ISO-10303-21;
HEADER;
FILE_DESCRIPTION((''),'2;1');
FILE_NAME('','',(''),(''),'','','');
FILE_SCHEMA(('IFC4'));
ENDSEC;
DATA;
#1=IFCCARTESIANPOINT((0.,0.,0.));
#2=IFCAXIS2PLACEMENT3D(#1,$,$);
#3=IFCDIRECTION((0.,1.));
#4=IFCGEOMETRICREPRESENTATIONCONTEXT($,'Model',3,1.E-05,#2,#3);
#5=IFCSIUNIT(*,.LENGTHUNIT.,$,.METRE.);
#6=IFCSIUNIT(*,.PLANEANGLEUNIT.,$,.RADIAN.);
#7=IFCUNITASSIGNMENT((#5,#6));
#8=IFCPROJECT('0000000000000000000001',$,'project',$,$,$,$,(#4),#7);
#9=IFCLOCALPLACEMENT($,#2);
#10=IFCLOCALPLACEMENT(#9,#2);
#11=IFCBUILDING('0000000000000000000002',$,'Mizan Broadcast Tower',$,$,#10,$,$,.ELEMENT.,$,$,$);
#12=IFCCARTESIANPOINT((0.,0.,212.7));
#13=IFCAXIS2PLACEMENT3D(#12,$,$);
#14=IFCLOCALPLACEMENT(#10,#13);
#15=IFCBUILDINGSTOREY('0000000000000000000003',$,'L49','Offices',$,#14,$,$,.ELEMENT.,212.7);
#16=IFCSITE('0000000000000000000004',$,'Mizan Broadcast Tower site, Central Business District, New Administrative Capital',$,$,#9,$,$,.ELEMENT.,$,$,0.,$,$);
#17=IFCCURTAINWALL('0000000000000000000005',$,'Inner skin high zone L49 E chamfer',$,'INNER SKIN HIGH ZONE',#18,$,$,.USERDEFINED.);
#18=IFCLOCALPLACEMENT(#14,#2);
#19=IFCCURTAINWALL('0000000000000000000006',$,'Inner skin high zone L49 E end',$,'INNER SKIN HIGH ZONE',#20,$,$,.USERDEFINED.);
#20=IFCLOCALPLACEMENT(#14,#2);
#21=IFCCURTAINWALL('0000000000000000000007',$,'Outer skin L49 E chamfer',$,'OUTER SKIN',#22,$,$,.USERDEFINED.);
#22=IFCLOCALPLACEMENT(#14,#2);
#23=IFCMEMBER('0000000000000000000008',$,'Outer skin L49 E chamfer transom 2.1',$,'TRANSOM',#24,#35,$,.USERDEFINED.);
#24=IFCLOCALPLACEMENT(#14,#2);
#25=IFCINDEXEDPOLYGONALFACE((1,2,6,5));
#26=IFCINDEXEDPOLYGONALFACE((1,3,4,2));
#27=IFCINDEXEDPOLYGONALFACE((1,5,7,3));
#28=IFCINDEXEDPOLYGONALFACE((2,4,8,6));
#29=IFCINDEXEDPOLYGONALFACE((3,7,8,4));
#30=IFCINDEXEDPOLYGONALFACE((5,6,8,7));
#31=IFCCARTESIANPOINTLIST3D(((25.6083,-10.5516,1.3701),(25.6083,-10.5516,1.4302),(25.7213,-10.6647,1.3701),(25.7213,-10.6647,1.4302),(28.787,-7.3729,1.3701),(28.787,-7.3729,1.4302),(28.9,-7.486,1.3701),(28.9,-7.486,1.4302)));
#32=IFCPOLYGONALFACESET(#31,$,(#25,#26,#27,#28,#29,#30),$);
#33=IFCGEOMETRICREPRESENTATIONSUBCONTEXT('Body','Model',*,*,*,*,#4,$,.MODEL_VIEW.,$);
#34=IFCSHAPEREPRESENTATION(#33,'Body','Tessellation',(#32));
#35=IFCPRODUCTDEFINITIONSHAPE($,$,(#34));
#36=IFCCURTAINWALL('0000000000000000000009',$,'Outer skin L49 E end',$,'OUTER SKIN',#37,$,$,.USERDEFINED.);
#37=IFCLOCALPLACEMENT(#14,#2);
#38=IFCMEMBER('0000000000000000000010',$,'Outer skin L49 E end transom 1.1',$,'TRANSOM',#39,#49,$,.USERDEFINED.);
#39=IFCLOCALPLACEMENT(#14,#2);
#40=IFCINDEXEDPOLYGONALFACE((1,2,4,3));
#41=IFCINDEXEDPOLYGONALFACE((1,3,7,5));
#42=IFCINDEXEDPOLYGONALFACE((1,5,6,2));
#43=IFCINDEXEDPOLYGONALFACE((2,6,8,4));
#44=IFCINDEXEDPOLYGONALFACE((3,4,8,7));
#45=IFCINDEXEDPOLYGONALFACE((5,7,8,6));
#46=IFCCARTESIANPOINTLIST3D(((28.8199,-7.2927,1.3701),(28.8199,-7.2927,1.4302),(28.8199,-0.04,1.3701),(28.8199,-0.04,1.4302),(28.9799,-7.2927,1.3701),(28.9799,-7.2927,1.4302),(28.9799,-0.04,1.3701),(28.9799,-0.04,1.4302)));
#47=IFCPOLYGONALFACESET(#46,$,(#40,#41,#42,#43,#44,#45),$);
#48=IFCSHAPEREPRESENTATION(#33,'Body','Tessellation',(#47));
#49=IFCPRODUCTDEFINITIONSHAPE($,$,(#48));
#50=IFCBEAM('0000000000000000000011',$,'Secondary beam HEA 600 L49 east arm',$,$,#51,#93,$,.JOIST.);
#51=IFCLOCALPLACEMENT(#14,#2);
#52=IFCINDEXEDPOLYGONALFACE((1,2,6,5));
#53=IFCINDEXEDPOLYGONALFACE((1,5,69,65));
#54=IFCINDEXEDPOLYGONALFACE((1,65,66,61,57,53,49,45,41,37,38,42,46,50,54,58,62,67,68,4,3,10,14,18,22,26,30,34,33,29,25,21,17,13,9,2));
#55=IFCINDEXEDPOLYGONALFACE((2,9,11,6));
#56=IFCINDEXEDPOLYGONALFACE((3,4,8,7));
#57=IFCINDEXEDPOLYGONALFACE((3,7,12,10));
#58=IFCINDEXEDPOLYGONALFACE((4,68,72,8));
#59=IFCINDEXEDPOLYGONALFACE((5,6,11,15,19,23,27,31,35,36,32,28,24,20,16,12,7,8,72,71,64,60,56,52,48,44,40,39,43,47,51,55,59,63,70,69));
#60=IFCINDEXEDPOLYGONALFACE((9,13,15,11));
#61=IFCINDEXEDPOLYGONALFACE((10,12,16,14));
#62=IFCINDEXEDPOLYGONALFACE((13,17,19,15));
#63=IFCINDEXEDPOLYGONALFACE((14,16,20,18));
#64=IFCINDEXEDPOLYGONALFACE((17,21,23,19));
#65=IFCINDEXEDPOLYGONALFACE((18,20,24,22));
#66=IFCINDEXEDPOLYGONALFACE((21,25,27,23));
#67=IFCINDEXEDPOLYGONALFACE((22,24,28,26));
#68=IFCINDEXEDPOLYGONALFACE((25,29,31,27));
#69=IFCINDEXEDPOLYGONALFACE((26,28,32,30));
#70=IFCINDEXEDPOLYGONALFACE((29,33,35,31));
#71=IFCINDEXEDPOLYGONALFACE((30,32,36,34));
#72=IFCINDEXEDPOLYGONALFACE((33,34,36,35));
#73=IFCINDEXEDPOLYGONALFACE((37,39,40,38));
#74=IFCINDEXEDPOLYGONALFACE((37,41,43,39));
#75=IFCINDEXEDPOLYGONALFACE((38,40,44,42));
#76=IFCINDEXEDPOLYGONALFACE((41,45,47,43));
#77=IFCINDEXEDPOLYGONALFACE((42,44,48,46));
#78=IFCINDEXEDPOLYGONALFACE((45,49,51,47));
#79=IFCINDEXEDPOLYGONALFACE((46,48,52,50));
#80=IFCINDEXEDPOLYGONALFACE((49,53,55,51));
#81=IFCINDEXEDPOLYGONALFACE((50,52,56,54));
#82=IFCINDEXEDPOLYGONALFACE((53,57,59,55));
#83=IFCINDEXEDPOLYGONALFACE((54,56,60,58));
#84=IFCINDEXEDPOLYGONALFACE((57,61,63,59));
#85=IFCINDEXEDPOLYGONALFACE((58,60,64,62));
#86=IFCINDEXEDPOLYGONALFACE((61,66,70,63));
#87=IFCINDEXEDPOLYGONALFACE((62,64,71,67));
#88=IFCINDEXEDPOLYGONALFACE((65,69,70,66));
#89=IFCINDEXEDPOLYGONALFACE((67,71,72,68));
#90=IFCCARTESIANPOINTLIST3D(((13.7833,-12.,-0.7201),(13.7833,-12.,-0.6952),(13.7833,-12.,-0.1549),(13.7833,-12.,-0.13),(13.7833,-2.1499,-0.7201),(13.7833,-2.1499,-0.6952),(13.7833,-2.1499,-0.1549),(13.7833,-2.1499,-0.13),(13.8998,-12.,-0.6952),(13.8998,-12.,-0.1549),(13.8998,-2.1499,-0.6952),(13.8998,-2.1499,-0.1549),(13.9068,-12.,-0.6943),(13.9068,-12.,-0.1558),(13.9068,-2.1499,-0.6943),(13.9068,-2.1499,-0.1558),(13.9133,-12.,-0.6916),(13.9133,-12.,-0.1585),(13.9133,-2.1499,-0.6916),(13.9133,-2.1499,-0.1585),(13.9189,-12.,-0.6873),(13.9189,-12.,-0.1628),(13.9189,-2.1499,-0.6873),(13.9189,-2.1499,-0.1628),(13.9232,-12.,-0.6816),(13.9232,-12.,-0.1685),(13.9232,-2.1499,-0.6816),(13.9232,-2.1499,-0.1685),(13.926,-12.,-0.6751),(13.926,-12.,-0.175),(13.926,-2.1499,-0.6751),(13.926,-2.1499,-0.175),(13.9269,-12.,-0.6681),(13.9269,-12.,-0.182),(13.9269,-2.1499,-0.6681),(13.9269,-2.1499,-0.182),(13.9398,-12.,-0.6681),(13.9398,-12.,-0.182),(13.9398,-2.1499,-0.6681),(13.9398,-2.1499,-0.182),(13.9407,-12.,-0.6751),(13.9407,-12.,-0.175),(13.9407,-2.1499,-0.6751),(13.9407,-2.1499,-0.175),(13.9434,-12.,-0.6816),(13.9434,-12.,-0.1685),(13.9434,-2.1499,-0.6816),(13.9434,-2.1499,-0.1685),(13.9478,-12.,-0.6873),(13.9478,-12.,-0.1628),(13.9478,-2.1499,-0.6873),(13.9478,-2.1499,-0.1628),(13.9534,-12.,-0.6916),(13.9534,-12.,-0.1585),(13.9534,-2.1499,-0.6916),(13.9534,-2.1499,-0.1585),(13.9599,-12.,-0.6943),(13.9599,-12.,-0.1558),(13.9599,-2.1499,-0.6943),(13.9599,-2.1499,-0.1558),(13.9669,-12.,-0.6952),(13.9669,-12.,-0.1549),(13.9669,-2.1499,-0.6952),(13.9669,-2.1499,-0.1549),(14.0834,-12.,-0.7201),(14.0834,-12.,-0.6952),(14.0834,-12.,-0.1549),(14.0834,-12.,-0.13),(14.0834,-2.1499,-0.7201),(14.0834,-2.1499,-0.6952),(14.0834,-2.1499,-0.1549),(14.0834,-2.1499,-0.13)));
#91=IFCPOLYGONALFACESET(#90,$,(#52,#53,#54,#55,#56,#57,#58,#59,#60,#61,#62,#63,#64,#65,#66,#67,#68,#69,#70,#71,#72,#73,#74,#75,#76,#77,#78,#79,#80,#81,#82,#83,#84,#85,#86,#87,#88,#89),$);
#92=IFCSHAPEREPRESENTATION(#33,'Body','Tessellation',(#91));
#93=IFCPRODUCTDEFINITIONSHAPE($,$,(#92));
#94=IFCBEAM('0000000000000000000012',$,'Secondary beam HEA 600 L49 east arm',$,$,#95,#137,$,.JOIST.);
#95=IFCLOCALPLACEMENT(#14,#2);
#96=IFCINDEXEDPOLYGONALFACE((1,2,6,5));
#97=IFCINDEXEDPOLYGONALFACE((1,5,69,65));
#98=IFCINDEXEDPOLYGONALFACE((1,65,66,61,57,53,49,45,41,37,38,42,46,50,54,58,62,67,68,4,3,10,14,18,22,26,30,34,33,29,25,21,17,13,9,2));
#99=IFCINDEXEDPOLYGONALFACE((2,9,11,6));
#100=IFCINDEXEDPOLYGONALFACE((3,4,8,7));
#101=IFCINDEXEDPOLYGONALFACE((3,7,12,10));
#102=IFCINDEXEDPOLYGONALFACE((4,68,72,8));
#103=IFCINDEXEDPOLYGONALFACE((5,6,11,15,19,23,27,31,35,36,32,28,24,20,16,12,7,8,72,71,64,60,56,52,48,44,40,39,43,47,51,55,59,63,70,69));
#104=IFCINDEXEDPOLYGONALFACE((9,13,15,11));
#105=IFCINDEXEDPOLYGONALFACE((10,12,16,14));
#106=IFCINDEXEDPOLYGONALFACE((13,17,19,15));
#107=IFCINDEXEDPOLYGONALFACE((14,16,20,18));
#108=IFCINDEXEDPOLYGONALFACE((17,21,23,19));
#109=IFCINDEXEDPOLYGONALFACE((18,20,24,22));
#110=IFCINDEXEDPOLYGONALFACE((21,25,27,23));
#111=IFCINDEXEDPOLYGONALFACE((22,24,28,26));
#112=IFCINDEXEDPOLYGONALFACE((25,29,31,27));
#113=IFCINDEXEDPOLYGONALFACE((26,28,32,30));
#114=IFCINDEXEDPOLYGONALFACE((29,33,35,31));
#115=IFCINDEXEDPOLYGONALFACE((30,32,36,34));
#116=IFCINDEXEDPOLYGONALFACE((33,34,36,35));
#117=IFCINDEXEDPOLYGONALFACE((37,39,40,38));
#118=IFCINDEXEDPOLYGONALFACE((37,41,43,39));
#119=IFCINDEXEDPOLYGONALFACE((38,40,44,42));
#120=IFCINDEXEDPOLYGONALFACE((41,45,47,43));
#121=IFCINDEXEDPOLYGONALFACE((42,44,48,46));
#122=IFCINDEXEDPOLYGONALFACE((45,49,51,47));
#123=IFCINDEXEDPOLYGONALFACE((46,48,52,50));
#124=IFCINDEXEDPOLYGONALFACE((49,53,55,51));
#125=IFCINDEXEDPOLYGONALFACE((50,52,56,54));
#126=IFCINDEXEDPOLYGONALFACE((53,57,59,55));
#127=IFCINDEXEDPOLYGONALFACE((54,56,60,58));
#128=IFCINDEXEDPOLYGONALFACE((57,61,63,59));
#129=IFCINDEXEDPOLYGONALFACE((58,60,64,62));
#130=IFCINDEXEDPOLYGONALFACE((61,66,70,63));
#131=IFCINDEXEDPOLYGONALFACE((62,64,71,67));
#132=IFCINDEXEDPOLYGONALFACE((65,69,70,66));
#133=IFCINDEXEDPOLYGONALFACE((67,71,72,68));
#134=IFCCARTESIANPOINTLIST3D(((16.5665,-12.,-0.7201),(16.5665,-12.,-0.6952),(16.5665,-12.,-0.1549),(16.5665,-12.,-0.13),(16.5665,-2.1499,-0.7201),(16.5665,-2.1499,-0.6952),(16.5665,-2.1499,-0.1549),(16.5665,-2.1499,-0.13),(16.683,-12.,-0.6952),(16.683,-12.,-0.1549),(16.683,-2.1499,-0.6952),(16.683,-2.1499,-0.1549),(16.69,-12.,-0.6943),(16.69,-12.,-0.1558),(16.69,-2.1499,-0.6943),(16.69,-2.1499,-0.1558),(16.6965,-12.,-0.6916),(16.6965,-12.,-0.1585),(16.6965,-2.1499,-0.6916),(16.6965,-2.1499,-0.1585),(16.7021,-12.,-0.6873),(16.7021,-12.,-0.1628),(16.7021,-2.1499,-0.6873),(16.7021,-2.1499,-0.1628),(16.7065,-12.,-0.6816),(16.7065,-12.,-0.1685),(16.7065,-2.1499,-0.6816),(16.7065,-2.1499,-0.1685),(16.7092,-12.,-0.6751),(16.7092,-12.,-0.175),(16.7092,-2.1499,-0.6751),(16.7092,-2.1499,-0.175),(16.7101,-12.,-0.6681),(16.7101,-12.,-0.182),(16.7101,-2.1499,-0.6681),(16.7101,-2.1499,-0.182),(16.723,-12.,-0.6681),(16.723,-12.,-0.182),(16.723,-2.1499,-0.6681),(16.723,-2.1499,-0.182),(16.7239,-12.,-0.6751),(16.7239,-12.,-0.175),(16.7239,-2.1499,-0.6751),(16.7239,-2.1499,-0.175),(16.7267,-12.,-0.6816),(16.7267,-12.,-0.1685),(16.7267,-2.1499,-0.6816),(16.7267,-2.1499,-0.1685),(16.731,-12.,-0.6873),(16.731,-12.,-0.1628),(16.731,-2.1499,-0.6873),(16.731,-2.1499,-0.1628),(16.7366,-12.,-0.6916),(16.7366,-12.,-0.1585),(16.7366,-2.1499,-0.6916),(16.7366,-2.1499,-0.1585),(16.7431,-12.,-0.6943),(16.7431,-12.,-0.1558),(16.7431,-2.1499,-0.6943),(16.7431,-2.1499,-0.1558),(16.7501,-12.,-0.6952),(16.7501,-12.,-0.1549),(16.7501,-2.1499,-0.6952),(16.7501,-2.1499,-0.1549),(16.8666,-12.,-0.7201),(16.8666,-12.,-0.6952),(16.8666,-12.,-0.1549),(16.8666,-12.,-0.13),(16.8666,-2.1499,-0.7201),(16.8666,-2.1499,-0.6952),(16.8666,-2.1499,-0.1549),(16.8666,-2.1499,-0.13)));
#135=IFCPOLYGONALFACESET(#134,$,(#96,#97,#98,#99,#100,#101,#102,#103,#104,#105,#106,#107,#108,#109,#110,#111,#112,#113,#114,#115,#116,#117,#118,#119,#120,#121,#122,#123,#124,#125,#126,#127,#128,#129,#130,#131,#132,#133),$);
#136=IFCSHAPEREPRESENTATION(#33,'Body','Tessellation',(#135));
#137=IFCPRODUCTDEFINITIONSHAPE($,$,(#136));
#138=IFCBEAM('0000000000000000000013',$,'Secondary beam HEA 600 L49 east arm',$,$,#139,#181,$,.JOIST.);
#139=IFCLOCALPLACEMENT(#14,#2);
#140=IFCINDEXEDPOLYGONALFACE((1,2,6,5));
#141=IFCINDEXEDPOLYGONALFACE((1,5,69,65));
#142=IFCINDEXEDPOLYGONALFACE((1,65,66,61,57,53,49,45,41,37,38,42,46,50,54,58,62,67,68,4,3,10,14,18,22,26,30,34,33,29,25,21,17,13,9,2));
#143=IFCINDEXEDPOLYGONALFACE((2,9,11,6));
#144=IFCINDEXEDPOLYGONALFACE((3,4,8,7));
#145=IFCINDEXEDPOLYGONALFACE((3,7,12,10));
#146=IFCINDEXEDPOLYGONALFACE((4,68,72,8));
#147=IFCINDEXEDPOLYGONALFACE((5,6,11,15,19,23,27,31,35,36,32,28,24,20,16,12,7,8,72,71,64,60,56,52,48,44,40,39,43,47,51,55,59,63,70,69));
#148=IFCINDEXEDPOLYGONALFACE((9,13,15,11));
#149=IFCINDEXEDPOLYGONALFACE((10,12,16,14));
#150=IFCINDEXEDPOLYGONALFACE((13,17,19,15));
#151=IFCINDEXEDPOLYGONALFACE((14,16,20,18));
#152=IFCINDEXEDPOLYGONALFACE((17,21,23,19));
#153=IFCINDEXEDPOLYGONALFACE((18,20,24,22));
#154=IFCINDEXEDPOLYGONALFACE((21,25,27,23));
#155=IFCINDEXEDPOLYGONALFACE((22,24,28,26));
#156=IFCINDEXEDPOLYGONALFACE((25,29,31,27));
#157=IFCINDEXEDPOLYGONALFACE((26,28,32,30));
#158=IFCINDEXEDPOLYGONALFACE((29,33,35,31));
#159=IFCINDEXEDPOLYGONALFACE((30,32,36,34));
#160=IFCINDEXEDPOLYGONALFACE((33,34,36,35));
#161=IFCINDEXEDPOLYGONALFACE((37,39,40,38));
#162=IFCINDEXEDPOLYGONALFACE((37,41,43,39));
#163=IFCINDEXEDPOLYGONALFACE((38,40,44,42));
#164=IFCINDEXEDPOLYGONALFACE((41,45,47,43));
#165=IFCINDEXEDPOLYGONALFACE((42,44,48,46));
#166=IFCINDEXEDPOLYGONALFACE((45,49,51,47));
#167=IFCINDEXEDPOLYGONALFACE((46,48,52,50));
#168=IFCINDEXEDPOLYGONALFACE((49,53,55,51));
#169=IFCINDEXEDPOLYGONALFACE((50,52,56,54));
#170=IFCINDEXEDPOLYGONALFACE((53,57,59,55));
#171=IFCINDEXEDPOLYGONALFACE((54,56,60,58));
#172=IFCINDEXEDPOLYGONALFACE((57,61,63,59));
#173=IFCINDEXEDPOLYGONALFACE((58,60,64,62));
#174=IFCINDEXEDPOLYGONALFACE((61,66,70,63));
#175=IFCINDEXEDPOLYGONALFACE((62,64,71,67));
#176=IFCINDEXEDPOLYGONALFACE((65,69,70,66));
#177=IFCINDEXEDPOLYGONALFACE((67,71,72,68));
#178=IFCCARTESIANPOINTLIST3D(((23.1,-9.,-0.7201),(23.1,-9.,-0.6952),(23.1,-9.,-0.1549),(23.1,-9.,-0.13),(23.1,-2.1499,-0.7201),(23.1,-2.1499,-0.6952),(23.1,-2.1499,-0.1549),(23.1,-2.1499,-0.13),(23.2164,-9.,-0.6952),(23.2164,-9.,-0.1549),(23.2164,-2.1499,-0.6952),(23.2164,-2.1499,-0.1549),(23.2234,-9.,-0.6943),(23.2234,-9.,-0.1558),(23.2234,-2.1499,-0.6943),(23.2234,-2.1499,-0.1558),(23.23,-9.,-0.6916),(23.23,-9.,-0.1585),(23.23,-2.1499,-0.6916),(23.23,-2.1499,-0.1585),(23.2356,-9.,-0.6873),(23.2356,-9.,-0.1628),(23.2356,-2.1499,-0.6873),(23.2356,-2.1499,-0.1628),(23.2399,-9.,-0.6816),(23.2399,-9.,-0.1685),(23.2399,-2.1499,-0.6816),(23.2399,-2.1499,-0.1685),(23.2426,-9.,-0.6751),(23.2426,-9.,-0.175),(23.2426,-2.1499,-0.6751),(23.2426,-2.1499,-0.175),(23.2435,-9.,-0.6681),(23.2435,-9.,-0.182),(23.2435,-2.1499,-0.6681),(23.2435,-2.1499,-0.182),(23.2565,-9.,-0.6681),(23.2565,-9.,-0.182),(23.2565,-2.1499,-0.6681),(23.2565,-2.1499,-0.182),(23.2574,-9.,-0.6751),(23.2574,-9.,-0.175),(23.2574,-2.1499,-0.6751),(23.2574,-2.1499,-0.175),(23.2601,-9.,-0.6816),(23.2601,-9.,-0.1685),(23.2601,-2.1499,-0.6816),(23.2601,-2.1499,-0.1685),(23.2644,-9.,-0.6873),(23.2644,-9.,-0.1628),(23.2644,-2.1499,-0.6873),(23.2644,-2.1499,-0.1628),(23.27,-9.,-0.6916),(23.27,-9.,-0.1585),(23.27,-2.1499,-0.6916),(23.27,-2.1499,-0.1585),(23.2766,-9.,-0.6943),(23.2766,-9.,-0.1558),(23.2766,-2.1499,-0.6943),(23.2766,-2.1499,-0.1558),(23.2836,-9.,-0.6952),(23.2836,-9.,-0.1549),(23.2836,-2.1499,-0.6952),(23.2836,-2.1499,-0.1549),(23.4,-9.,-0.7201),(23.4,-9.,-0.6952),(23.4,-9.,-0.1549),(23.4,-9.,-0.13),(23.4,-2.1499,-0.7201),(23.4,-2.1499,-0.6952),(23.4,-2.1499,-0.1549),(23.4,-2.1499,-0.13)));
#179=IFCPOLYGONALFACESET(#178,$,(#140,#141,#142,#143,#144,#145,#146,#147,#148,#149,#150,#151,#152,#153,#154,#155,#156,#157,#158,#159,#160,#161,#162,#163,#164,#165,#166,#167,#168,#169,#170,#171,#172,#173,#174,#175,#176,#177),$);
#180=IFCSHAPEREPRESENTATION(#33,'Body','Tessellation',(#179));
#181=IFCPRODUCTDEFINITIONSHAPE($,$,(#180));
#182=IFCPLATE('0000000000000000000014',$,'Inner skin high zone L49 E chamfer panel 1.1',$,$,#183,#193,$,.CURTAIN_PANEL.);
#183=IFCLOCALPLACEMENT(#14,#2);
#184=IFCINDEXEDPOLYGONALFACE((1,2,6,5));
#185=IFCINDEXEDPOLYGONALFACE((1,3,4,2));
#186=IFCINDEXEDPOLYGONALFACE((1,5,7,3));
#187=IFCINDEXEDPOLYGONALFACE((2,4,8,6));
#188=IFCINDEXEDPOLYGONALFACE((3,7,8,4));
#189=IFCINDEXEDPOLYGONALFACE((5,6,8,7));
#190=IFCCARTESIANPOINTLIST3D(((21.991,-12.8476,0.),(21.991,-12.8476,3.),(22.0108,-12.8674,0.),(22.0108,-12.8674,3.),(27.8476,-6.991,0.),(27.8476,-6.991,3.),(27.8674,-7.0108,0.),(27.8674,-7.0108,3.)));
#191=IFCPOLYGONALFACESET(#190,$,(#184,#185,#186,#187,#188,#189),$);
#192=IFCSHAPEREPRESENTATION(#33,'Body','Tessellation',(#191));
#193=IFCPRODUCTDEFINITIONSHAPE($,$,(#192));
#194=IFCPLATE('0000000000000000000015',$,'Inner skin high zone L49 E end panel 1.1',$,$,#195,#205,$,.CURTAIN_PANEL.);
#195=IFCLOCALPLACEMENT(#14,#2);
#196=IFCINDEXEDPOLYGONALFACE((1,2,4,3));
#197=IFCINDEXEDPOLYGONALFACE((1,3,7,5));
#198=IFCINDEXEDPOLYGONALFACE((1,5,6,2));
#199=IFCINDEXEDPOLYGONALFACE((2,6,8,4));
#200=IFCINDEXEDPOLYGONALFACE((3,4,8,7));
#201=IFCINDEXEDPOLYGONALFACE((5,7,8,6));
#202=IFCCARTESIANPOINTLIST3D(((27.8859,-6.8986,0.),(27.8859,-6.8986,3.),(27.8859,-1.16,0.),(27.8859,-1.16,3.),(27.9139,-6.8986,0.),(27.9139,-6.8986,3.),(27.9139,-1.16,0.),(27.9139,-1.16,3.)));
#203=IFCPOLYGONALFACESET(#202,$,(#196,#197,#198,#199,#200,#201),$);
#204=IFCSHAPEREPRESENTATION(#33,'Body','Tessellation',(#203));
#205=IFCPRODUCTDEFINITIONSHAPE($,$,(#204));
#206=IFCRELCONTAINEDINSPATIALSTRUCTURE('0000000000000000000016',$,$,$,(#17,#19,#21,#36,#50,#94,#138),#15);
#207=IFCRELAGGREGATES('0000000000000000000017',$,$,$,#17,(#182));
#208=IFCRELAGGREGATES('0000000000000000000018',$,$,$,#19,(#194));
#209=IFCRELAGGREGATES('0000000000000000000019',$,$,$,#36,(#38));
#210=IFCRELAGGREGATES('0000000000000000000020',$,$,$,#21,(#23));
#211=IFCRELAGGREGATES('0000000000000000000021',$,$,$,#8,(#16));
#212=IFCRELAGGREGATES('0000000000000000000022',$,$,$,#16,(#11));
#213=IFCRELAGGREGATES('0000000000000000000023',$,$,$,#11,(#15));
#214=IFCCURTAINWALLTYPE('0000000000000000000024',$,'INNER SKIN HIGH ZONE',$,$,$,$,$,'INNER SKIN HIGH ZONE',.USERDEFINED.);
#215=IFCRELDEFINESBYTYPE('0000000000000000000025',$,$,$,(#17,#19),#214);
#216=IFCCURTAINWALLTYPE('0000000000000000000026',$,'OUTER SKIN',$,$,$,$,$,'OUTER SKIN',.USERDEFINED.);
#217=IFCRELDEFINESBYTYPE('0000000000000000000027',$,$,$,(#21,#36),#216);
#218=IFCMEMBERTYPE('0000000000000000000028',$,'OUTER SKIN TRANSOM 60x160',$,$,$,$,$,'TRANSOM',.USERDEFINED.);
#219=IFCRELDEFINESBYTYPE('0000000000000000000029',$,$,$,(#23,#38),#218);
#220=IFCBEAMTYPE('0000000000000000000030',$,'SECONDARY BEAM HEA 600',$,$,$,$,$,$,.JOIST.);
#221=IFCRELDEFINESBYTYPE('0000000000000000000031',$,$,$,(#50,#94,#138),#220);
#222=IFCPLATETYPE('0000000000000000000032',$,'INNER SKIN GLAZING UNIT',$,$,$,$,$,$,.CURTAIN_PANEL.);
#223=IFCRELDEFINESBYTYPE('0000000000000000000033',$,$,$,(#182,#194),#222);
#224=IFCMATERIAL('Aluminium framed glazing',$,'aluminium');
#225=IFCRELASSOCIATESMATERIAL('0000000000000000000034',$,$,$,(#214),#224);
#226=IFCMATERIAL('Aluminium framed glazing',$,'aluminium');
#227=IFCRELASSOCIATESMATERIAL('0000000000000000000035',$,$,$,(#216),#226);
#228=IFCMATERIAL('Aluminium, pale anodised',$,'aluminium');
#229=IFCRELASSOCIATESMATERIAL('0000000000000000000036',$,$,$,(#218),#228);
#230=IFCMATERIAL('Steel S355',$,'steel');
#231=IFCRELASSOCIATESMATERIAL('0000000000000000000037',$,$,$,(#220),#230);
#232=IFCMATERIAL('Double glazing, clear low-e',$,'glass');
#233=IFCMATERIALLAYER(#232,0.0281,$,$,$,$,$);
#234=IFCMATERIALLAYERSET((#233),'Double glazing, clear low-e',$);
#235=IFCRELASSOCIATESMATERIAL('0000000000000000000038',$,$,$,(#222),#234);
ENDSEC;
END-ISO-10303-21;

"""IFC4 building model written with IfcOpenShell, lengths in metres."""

from ifc_helpers import new_model, si_unit, direction, frame, origin, origin_2d, place, context, subcontext, project, spatial, rectangle, i_section, extrude, material, layer, layer_set, material_profile, profile_set, type_object, element, aggregate, save


model = new_model("IFC4")

# Units and contexts
model_context = context("Model", 3, precision=1e-05, world=origin(), true_north=direction((0.0, 1.0)))
body_context = subcontext(model_context, "Body", "Model", "MODEL_VIEW")
ifc_project = project(units=[si_unit("LENGTHUNIT", "METRE"), si_unit("PLANEANGLEUNIT", "RADIAN")], contexts=[model_context])

# Site, building, storey
site_placement = place(None, origin())
site = spatial("IfcSite", under=ifc_project, at=site_placement, Name="Mizan Broadcast Tower site, Central Business District, New Administrative Capital", CompositionType="ELEMENT", RefElevation=0.0)
building_placement = place(site_placement, origin())
building = spatial("IfcBuilding", under=site, at=building_placement, Name="Mizan Broadcast Tower", CompositionType="ELEMENT")
storey_placement = place(building_placement, frame((0.0, 0.0, 212.7)))
storey = spatial("IfcBuildingStorey", under=building, at=storey_placement, Name="L49", Description="Offices", CompositionType="ELEMENT", Elevation=212.7)

# Curtain walls
ifc_material_1 = material(Name="Aluminium framed glazing", Category="aluminium")
curtain_wall_type_1 = type_object("IfcCurtainWallType", Name="INNER SKIN HIGH ZONE", ElementType="INNER SKIN HIGH ZONE", PredefinedType="USERDEFINED", material=ifc_material_1)
curtain_wall_1_placement = place(storey_placement, origin())
curtain_wall_1 = element("IfcCurtainWall", 1, at=curtain_wall_1_placement, inside=storey, type_object=curtain_wall_type_1, Name="Inner skin high zone L49 E chamfer", ObjectType="INNER SKIN HIGH ZONE", PredefinedType="USERDEFINED")
curtain_wall_2_placement = place(storey_placement, origin())
curtain_wall_2 = element("IfcCurtainWall", 2, at=curtain_wall_2_placement, inside=storey, type_object=curtain_wall_type_1, Name="Inner skin high zone L49 E end", ObjectType="INNER SKIN HIGH ZONE", PredefinedType="USERDEFINED")

# Curtain wall, member
ifc_material_2 = material(Name="Aluminium framed glazing", Category="aluminium")
curtain_wall_type_2 = type_object("IfcCurtainWallType", Name="OUTER SKIN", ElementType="OUTER SKIN", PredefinedType="USERDEFINED", material=ifc_material_2)
curtain_wall_3_placement = place(storey_placement, origin())
curtain_wall_3 = element("IfcCurtainWall", 3, at=curtain_wall_3_placement, inside=storey, type_object=curtain_wall_type_2, Name="Outer skin L49 E chamfer", ObjectType="OUTER SKIN", PredefinedType="USERDEFINED")
ifc_material_3 = material(Name="Aluminium, pale anodised", Category="aluminium")
ifc_material_profile_1 = material_profile(ifc_material_3, rectangle(XDim=0.1599, YDim=0.0601, at=origin_2d()), Name="TRANSOM 160x60")
ifc_profile_set_1 = profile_set([ifc_material_profile_1], Name="Aluminium, pale anodised")
member_type_1 = type_object("IfcMemberType", Name="OUTER SKIN TRANSOM 60x160", ElementType="TRANSOM", PredefinedType="USERDEFINED", material=ifc_profile_set_1)
member_1_placement = place(storey_placement, frame((25.6648, -10.6082, 1.4001), z_axis=(0.707107, 0.707107, 0.0), x_axis=(-0.707107, 0.707107, 0.0)))
member_1 = element("IfcMember", 4, at=member_1_placement, type_object=member_type_1, Name="Outer skin L49 E chamfer transom 2.1", ObjectType="TRANSOM", PredefinedType="USERDEFINED", context=body_context, shape_type="SweptSolid", body=[
    extrude(rectangle(XDim=0.1599, YDim=0.0601, at=origin_2d()), origin(), (0.0, 0.0, 1.0), 4.4954),
])

# Curtain wall, member
curtain_wall_4_placement = place(storey_placement, origin())
curtain_wall_4 = element("IfcCurtainWall", 5, at=curtain_wall_4_placement, inside=storey, type_object=curtain_wall_type_2, Name="Outer skin L49 E end", ObjectType="OUTER SKIN", PredefinedType="USERDEFINED")
member_2_placement = place(storey_placement, frame((28.8999, -7.2927, 1.4001), z_axis=(0.0, 1.0, 0.0), x_axis=(-1.0, 0.0, 0.0)))
member_2 = element("IfcMember", 6, at=member_2_placement, type_object=member_type_1, Name="Outer skin L49 E end transom 1.1", ObjectType="TRANSOM", PredefinedType="USERDEFINED", context=body_context, shape_type="SweptSolid", body=[
    extrude(rectangle(XDim=0.1599, YDim=0.0601, at=origin_2d()), origin(), (0.0, 0.0, 1.0), 7.2527),
])

# Beams
ifc_material_4 = material(Name="Steel S355", Category="steel")
ifc_material_profile_2 = material_profile(ifc_material_4, i_section(OverallWidth=0.3, OverallDepth=0.5901, WebThickness=0.0129, FlangeThickness=0.0249, FilletRadius=0.0271, at=origin_2d()), Name="HEA 600")
ifc_profile_set_2 = profile_set([ifc_material_profile_2], Name="Steel S355")
beam_type_1 = type_object("IfcBeamType", Name="SECONDARY BEAM HEA 600", PredefinedType="JOIST", material=ifc_profile_set_2)
for number, where, z_axis, x_axis, name in (
    (7, (13.9333, -12.0, -0.425), (0.0, 1.0, 0.0), (-1.0, 0.0, 0.0), "Secondary beam HEA 600 L49 east arm"),
    (8, (16.7166, -12.0, -0.425), (0.0, 1.0, 0.0), (-1.0, 0.0, 0.0), "Secondary beam HEA 600 L49 east arm"),
):
    element("IfcBeam", number, at=place(storey_placement, frame(where, z_axis=z_axis, x_axis=x_axis)), inside=storey, type_object=beam_type_1, Name=name, PredefinedType="JOIST", context=body_context, shape_type="SweptSolid", body=[
        extrude(i_section(OverallWidth=0.3, OverallDepth=0.5901, WebThickness=0.0129, FlangeThickness=0.0249, FilletRadius=0.0271, at=origin_2d()), origin(), (0.0, 0.0, 1.0), 9.8501),
    ])
beam_1_placement = place(storey_placement, frame((23.25, -9.0, -0.425), z_axis=(0.0, 1.0, 0.0), x_axis=(-1.0, 0.0, 0.0)))
element("IfcBeam", 9, at=beam_1_placement, inside=storey, type_object=beam_type_1, Name="Secondary beam HEA 600 L49 east arm", PredefinedType="JOIST", context=body_context, shape_type="SweptSolid", body=[
    extrude(i_section(OverallWidth=0.3, OverallDepth=0.5901, WebThickness=0.0129, FlangeThickness=0.0249, FilletRadius=0.0271, at=origin_2d()), origin(), (0.0, 0.0, 1.0), 6.8501),
])

# Plates
ifc_material_5 = material(Name="Double glazing, clear low-e", Category="glass")
ifc_layer_1 = layer(ifc_material_5, 0.0281)
ifc_layer_set_1 = layer_set([ifc_layer_1], Name="Double glazing, clear low-e")
plate_type_1 = type_object("IfcPlateType", Name="INNER SKIN GLAZING UNIT", PredefinedType="CURTAIN_PANEL", material=ifc_layer_set_1)
plate_1_placement = place(storey_placement, frame((24.9292, -9.9292, 0.0), z_axis=(0.0, 0.0, 1.0), x_axis=(0.707107, 0.707107, 0.0)))
plate_1 = element("IfcPlate", 10, at=plate_1_placement, type_object=plate_type_1, Name="Inner skin high zone L49 E chamfer panel 1.1", PredefinedType="CURTAIN_PANEL", context=body_context, shape_type="SweptSolid", body=[
    extrude(rectangle(XDim=8.2825, YDim=0.0281, at=origin_2d()), origin(), (0.0, 0.0, 1.0), 3.0),
])
plate_2_placement = place(storey_placement, frame((27.8999, -4.0293, 0.0), z_axis=(0.0, 0.0, 1.0), x_axis=(0.0, 1.0, 0.0)))
plate_2 = element("IfcPlate", 11, at=plate_2_placement, type_object=plate_type_1, Name="Inner skin high zone L49 E end panel 1.1", PredefinedType="CURTAIN_PANEL", context=body_context, shape_type="SweptSolid", body=[
    extrude(rectangle(XDim=5.7385, YDim=0.0281, at=origin_2d()), origin(), (0.0, 0.0, 1.0), 3.0),
])
aggregate(curtain_wall_1, [plate_1])
aggregate(curtain_wall_2, [plate_2])
aggregate(curtain_wall_4, [member_2])
aggregate(curtain_wall_3, [member_1])

save(model, "model.ifc")
